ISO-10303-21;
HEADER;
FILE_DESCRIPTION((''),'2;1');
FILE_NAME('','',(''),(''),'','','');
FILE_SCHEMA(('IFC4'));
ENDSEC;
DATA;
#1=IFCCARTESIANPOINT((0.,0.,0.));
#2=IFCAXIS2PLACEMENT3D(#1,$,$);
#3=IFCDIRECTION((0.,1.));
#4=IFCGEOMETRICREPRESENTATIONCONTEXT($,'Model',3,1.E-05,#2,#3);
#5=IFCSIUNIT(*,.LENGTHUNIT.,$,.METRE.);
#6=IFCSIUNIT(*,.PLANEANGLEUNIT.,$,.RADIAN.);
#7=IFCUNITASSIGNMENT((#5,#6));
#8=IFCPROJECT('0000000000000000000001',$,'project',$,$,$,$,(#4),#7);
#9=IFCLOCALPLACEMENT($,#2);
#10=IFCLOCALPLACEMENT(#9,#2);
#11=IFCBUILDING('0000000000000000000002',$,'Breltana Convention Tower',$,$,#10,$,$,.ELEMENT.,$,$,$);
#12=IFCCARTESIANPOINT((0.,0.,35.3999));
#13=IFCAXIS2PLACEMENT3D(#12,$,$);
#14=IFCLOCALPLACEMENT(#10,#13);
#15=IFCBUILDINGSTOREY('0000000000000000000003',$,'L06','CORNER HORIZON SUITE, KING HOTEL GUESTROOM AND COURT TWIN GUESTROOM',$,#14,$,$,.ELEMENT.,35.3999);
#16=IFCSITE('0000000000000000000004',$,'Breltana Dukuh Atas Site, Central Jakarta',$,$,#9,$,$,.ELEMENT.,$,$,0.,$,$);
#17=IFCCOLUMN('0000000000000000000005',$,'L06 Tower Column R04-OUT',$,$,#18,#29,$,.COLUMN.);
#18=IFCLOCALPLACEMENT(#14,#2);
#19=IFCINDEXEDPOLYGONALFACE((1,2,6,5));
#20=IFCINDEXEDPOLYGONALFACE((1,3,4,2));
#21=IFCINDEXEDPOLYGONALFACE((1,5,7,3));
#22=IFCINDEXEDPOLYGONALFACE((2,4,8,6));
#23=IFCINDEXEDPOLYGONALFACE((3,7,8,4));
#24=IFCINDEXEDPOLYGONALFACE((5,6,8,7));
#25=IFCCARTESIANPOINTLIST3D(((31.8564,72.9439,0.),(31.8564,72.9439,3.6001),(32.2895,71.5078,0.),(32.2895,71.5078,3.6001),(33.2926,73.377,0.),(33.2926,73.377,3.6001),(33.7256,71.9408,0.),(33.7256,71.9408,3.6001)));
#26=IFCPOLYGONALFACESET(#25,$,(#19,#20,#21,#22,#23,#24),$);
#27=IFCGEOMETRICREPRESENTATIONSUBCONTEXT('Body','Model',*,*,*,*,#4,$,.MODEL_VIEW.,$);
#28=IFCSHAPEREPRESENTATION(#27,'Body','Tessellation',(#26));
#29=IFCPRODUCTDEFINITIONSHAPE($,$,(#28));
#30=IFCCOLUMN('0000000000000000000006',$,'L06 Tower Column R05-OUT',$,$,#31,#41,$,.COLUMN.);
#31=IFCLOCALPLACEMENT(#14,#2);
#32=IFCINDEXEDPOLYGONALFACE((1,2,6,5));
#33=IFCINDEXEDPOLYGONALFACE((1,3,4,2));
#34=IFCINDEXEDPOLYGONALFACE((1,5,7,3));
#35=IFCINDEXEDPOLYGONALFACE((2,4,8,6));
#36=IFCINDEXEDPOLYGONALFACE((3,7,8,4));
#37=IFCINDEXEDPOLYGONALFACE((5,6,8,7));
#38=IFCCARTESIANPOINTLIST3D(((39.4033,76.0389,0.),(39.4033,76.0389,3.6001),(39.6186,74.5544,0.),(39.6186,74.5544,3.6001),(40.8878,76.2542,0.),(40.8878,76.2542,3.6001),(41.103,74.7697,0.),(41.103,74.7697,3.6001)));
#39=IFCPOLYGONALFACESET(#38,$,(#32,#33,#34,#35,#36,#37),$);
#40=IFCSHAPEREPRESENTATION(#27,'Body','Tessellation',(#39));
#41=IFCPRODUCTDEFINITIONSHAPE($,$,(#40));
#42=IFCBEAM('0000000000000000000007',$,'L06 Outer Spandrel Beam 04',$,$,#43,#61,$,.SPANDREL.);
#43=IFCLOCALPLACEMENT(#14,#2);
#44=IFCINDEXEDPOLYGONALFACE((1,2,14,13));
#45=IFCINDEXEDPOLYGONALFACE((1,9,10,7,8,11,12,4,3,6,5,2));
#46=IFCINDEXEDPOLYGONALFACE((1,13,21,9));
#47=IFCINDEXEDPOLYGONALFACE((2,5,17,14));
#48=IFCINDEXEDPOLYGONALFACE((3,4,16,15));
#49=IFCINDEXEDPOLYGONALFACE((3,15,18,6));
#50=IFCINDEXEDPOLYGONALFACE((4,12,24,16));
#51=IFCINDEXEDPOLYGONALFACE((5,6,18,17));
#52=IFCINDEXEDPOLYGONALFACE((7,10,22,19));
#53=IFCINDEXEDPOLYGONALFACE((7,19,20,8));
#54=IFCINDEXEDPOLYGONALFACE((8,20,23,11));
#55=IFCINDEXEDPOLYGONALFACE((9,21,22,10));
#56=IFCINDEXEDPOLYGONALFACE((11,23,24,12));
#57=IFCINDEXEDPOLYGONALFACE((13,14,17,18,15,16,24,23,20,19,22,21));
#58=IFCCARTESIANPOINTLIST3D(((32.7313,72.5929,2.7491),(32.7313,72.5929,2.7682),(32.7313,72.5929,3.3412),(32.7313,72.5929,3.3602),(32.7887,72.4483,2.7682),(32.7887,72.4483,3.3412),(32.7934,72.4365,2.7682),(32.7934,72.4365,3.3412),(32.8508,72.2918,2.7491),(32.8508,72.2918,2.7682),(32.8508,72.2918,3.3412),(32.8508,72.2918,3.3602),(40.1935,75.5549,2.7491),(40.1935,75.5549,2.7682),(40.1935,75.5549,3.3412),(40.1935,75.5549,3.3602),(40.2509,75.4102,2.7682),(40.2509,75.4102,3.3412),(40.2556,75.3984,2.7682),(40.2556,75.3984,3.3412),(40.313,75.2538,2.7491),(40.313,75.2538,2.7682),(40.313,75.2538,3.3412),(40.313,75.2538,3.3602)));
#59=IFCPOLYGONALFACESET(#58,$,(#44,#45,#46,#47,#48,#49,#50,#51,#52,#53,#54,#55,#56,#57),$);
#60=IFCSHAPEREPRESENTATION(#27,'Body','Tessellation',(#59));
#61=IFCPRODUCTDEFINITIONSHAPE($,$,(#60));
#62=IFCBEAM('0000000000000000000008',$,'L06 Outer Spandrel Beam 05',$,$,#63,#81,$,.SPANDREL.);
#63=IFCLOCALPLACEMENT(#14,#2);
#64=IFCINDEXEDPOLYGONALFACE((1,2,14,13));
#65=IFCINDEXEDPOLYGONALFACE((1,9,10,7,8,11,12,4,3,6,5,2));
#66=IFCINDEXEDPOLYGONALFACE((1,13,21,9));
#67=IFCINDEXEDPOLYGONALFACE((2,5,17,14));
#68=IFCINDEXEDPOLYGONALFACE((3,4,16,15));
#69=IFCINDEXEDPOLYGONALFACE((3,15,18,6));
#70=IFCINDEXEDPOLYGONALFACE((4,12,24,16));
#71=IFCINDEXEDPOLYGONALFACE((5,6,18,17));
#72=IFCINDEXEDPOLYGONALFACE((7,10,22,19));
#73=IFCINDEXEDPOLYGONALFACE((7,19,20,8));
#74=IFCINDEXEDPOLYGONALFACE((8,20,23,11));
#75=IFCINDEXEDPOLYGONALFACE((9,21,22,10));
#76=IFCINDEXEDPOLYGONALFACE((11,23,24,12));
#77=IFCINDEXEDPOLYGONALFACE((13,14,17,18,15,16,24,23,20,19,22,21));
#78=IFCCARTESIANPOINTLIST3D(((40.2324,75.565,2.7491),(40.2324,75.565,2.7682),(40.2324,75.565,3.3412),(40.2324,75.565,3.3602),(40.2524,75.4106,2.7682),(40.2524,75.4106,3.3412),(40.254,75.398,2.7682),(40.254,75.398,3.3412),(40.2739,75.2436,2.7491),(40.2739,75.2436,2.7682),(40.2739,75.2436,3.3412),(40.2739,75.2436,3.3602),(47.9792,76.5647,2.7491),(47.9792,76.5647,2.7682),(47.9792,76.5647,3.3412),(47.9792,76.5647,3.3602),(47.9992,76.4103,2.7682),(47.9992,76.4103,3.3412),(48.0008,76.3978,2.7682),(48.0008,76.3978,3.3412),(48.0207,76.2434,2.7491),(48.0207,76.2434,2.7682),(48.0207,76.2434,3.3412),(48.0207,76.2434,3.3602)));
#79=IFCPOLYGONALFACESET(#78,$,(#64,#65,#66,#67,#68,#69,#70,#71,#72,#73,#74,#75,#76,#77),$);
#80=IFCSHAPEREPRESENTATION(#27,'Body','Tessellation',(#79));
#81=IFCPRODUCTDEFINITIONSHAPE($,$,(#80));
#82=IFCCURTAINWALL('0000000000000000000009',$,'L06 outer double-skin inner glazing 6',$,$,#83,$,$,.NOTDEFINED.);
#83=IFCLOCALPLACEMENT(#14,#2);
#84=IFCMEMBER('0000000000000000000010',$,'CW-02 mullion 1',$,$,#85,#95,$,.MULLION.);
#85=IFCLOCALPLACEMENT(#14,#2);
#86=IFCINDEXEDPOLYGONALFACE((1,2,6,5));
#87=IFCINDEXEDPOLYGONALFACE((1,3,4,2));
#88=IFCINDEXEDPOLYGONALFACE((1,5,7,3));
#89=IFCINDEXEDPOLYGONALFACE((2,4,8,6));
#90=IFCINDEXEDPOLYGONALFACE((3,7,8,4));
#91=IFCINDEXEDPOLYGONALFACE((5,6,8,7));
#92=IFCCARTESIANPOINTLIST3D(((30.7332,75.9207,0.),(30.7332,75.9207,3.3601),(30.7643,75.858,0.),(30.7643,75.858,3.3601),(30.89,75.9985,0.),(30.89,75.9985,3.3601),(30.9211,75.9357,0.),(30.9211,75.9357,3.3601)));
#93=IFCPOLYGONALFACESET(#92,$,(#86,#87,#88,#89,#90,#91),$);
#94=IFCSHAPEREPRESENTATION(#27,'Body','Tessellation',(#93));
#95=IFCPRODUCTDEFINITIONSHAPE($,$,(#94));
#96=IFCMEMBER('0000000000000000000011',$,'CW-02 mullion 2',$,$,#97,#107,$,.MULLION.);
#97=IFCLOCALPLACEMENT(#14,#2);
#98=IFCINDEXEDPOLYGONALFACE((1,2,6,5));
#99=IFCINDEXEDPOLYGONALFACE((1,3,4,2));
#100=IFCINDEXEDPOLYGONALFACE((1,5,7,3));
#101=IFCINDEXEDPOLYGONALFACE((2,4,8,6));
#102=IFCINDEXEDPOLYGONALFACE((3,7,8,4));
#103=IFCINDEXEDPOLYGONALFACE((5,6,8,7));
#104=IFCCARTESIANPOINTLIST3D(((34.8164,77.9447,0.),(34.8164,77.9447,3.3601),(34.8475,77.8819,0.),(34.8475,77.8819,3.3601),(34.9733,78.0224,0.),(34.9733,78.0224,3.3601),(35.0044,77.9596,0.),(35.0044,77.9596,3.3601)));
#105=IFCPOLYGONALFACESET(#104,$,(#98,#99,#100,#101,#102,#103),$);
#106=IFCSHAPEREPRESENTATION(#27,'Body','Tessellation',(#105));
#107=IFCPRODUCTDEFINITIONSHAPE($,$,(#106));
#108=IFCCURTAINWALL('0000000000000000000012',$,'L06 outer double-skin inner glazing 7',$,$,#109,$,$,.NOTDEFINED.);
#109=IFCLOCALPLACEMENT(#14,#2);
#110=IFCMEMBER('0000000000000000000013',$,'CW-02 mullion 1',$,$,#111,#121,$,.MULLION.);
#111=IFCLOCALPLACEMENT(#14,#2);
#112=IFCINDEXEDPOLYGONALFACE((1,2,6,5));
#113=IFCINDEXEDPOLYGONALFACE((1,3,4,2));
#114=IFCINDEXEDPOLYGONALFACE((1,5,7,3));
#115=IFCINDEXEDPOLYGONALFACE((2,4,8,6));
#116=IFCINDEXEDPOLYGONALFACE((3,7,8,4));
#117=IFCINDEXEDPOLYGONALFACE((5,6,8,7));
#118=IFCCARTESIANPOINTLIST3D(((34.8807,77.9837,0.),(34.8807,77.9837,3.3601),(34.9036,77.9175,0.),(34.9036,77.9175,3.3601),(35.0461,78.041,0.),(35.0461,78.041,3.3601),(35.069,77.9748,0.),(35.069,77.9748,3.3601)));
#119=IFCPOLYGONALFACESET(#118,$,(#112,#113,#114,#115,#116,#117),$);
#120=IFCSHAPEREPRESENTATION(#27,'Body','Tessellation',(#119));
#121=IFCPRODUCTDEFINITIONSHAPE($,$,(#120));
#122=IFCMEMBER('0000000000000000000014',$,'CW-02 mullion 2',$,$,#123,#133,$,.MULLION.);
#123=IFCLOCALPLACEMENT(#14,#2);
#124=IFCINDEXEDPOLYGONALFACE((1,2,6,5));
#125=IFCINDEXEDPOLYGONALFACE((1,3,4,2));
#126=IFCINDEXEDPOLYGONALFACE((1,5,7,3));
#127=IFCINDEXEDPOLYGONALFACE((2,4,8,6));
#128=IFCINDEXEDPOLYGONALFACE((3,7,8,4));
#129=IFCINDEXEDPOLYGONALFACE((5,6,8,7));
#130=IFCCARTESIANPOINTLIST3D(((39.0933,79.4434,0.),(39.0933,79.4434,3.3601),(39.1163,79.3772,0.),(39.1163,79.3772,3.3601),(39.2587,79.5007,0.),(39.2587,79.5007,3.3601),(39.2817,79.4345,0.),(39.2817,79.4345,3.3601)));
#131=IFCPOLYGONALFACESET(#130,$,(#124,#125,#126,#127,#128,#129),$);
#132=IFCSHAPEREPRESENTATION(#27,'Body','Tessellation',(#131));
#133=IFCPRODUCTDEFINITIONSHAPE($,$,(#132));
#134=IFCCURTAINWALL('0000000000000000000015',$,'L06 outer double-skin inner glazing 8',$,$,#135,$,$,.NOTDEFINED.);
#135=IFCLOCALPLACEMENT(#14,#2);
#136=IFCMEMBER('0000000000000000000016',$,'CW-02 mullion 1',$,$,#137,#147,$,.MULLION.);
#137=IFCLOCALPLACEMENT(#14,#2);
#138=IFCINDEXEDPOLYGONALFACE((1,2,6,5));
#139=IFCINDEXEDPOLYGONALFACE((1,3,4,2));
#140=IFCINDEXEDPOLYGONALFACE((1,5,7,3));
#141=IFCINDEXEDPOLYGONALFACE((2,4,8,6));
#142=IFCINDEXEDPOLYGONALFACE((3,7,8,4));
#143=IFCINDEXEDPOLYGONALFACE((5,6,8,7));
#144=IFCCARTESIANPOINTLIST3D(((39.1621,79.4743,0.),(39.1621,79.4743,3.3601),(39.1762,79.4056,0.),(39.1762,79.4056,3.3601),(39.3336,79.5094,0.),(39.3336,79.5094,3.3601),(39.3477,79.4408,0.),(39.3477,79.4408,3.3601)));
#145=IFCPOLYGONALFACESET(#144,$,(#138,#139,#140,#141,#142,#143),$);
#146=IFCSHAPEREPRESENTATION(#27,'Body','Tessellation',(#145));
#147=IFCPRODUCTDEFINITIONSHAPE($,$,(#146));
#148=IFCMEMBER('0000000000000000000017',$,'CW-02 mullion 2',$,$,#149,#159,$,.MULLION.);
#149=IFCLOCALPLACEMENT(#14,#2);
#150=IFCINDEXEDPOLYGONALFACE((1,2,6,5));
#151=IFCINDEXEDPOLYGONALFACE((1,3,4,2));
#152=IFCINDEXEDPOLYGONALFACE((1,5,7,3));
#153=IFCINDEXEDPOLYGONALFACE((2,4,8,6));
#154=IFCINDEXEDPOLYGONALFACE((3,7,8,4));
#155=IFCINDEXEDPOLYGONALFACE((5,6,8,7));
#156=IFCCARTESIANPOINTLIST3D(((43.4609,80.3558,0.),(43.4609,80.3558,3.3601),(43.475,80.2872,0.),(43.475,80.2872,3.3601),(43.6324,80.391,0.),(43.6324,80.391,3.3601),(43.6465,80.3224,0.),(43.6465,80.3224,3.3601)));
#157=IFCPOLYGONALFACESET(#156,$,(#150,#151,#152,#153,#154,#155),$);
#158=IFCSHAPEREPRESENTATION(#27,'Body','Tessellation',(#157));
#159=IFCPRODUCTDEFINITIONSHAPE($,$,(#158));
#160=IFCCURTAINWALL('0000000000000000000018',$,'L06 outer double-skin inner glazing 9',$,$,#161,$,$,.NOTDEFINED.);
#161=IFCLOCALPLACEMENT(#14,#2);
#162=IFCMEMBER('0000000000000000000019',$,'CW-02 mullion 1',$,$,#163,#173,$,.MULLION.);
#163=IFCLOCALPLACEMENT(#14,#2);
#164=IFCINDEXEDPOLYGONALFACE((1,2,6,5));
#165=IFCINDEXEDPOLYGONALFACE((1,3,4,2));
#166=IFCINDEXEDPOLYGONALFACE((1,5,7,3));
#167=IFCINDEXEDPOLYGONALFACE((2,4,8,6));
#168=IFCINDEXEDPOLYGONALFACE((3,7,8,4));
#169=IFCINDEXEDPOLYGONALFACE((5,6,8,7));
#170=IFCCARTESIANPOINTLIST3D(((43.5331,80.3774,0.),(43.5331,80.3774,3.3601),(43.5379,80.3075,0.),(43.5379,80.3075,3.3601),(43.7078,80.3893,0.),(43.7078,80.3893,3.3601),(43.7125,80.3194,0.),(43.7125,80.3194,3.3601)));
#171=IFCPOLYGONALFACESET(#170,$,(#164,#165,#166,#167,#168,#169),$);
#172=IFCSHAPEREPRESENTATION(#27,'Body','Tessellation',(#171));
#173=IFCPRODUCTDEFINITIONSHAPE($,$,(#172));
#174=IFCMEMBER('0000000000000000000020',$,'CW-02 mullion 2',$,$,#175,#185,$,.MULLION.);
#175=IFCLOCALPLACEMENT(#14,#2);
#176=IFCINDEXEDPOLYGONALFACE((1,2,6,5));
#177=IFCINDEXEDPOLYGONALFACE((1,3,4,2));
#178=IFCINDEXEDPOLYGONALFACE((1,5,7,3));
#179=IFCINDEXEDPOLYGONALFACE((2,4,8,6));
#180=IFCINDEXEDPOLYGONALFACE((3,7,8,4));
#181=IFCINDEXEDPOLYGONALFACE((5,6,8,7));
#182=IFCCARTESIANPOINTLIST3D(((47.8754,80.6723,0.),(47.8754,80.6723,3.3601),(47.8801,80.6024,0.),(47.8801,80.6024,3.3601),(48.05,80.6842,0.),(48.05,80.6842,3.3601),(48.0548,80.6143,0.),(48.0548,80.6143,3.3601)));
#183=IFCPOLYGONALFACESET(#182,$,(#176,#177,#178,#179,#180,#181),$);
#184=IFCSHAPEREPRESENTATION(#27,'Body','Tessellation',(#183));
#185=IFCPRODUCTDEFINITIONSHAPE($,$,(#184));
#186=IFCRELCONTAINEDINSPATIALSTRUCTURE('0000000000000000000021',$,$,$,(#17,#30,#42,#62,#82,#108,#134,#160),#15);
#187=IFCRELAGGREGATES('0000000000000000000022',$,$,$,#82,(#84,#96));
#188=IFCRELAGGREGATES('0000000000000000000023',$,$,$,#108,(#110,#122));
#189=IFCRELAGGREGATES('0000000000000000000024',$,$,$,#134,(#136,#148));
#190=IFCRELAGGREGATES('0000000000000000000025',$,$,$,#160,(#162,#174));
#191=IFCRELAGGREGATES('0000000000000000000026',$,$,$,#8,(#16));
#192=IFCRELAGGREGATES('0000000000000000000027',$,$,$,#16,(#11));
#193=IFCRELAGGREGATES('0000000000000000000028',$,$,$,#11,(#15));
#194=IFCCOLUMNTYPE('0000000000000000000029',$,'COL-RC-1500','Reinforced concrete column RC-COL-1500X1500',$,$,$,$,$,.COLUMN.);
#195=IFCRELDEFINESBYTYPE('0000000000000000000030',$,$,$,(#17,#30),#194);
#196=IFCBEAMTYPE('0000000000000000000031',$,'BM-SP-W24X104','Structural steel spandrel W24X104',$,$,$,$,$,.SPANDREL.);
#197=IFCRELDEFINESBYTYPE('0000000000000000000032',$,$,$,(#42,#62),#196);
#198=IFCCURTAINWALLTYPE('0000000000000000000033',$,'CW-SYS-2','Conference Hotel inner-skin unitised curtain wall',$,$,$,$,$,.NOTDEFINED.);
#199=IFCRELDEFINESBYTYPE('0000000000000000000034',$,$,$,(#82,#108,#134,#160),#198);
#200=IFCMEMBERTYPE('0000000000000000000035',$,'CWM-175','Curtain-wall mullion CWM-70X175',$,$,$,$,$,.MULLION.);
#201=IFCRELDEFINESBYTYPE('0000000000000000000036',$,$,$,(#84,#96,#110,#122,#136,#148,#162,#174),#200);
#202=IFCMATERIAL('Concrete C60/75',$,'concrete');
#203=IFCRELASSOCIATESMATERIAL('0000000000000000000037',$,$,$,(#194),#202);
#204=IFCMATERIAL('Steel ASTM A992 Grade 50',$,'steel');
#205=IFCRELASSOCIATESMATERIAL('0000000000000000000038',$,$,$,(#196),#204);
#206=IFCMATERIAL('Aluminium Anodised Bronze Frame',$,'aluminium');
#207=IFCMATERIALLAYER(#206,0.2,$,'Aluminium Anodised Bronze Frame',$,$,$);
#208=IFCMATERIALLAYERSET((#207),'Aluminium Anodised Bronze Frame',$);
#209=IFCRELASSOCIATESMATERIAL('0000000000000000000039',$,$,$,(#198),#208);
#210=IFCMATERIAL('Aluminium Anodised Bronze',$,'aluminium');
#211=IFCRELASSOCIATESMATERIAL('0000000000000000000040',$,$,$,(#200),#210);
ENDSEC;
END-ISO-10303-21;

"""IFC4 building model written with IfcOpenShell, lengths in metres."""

from ifc_helpers import new_model, si_unit, direction, frame, origin, origin_2d, place, context, subcontext, project, spatial, rectangle, i_section, extrude, source, transform, mapped, material, layer, layer_set, material_profile, profile_set, type_object, type_shapes, element, aggregate, save


model = new_model("IFC4")

# Units and contexts
model_context = context("Model", 3, precision=1e-05, world=origin(), true_north=direction((0.0, 1.0)))
body_context = subcontext(model_context, "Body", "Model", "MODEL_VIEW")
ifc_project = project(units=[si_unit("LENGTHUNIT", "METRE"), si_unit("PLANEANGLEUNIT", "RADIAN")], contexts=[model_context])

# Site, building, storey
site_placement = place(None, origin())
site = spatial("IfcSite", under=ifc_project, at=site_placement, Name="Breltana Dukuh Atas Site, Central Jakarta", CompositionType="ELEMENT", RefElevation=0.0)
building_placement = place(site_placement, origin())
building = spatial("IfcBuilding", under=site, at=building_placement, Name="Breltana Convention Tower", CompositionType="ELEMENT")
storey_placement = place(building_placement, frame((0.0, 0.0, 35.3999)))
storey = spatial("IfcBuildingStorey", under=building, at=storey_placement, Name="L06", Description="CORNER HORIZON SUITE, KING HOTEL GUESTROOM AND COURT TWIN GUESTROOM", CompositionType="ELEMENT", Elevation=35.3999)

# Columns
ifc_material_1 = material(Name="Concrete C60/75", Category="concrete")
ifc_material_profile_1 = material_profile(ifc_material_1, rectangle(XDim=1.5, YDim=1.5, at=origin_2d()), Name="RC-COL-1500X1500")
ifc_profile_set_1 = profile_set([ifc_material_profile_1], Name="Concrete C60/75")
column_type = type_object("IfcColumnType", Name="COL-RC-1500", Description="Reinforced concrete column RC-COL-1500X1500", PredefinedType="COLUMN", material=ifc_profile_set_1)
shared_shape_1 = source(origin(), body_context, "Body", "SweptSolid", [
    extrude(rectangle(XDim=1.5, YDim=1.5, at=origin_2d()), origin(), (0.0, 0.0, 1.0), 3.6001),
])
for number, where, z_axis, x_axis, name in (
    (1, (32.791, 72.4424, 0.0), (0.0, 0.0, 1.0), (-0.288698, 0.95742, 0.0), "L06 Tower Column R04-OUT"),
    (2, (40.2532, 75.4043, 0.0), (0.0, 0.0, 1.0), (-0.143493, 0.989651, 0.0), "L06 Tower Column R05-OUT"),
):
    element("IfcColumn", number, at=place(storey_placement, frame(where, z_axis=z_axis, x_axis=x_axis)), inside=storey, type_object=column_type, Name=name, PredefinedType="COLUMN", context=body_context, shape_type="MappedRepresentation", body=[
        mapped(shared_shape_1, transform((0.0, 0.0, 0.0), scale=1.0)),
    ])

# Beams
ifc_material_2 = material(Name="Steel ASTM A992 Grade 50", Category="steel")
ifc_material_profile_2 = material_profile(ifc_material_2, i_section(OverallWidth=0.324, OverallDepth=0.6111, WebThickness=0.0127, FlangeThickness=0.019, at=origin_2d()), Name="W24X104")
ifc_profile_set_2 = profile_set([ifc_material_profile_2], Name="Steel ASTM A992 Grade 50")
beam_type = type_object("IfcBeamType", Name="BM-SP-W24X104", Description="Structural steel spandrel W24X104", PredefinedType="SPANDREL", material=ifc_profile_set_2)
shared_shape_2 = source(origin(), body_context, "Body", "SweptSolid", [
    extrude(i_section(OverallWidth=0.324, OverallDepth=0.6111, WebThickness=0.0127, FlangeThickness=0.019, at=origin_2d()), origin(), (0.0, 0.0, 1.0), 8.0286),
])
beam_1_placement = place(storey_placement, frame((32.791, 72.4424, 3.0547), z_axis=(0.929459, 0.368925, 0.0), x_axis=(-0.368925, 0.929459, 0.0)))
element("IfcBeam", 3, at=beam_1_placement, inside=storey, type_object=beam_type, Name="L06 Outer Spandrel Beam 04", PredefinedType="SPANDREL", context=body_context, shape_type="MappedRepresentation", body=[
    mapped(shared_shape_2, transform((0.0, 0.0, 0.0), scale=1.0)),
])
shared_shape_3 = source(origin(), body_context, "Body", "SweptSolid", [
    extrude(i_section(OverallWidth=0.324, OverallDepth=0.6111, WebThickness=0.0127, FlangeThickness=0.019, at=origin_2d()), origin(), (0.0, 0.0, 1.0), 7.811),
])
beam_2_placement = place(storey_placement, frame((40.2532, 75.4043, 3.0547), z_axis=(0.991775, 0.127992, 0.0), x_axis=(-0.127992, 0.991775, 0.0)))
element("IfcBeam", 4, at=beam_2_placement, inside=storey, type_object=beam_type, Name="L06 Outer Spandrel Beam 05", PredefinedType="SPANDREL", context=body_context, shape_type="MappedRepresentation", body=[
    mapped(shared_shape_3, transform((0.0, 0.0, 0.0), scale=1.0)),
])

# Curtain walls, members
ifc_material_3 = material(Name="Aluminium Anodised Bronze Frame", Category="aluminium")
ifc_layer_1 = layer(ifc_material_3, 0.2, Name="Aluminium Anodised Bronze Frame")
ifc_layer_set_1 = layer_set([ifc_layer_1], Name="Aluminium Anodised Bronze Frame")
curtain_wall_type = type_object("IfcCurtainWallType", Name="CW-SYS-2", Description="Conference Hotel inner-skin unitised curtain wall", PredefinedType="NOTDEFINED", material=ifc_layer_set_1)
curtain_wall_1_placement = place(storey_placement, origin())
curtain_wall_1 = element("IfcCurtainWall", 5, at=curtain_wall_1_placement, inside=storey, type_object=curtain_wall_type, Name="L06 outer double-skin inner glazing 6", PredefinedType="NOTDEFINED")
ifc_material_4 = material(Name="Aluminium Anodised Bronze", Category="aluminium")
ifc_material_profile_3 = material_profile(ifc_material_4, rectangle(XDim=0.0701, YDim=0.175, at=origin_2d()), Name="CWM-70X175")
ifc_profile_set_3 = profile_set([ifc_material_profile_3], Name="Aluminium Anodised Bronze")
member_type_1 = type_object("IfcMemberType", Name="CWM-175", Description="Curtain-wall mullion CWM-70X175", PredefinedType="MULLION", material=ifc_profile_set_3)
shared_shape_4 = source(origin(), body_context, "Body", "SweptSolid", [
    extrude(rectangle(XDim=0.0701, YDim=0.175, at=origin_2d()), origin(), (0.0, 0.0, 1.0), 3.3601),
])
type_shapes(member_type_1, [shared_shape_4])
member_1_placement = place(storey_placement, frame((30.8271, 75.9282, 0.0), z_axis=(0.0, 0.0, 1.0), x_axis=(-0.444108, 0.895973, 0.0)))
member_1 = element("IfcMember", 6, at=member_1_placement, type_object=member_type_1, Name="CW-02 mullion 1", PredefinedType="MULLION", context=body_context, shape_type="MappedRepresentation", body=[
    mapped(shared_shape_4, transform((0.0, 0.0, 0.0), scale=1.0)),
])
member_2_placement = place(storey_placement, frame((34.9104, 77.9521, 0.0), z_axis=(0.0, 0.0, 1.0), x_axis=(-0.444108, 0.895973, 0.0)))
member_2 = element("IfcMember", 7, at=member_2_placement, type_object=member_type_1, Name="CW-02 mullion 2", PredefinedType="MULLION", context=body_context, shape_type="MappedRepresentation", body=[
    mapped(shared_shape_4, transform((0.0, 0.0, 0.0), scale=1.0)),
])
curtain_wall_2_placement = place(storey_placement, origin())
curtain_wall_2 = element("IfcCurtainWall", 8, at=curtain_wall_2_placement, inside=storey, type_object=curtain_wall_type, Name="L06 outer double-skin inner glazing 7", PredefinedType="NOTDEFINED")
member_3_placement = place(storey_placement, frame((34.9749, 77.9792, 0.0), z_axis=(0.0, 0.0, 1.0), x_axis=(-0.327428, 0.944876, 0.0)))
member_3 = element("IfcMember", 9, at=member_3_placement, type_object=member_type_1, Name="CW-02 mullion 1", PredefinedType="MULLION", context=body_context, shape_type="MappedRepresentation", body=[
    mapped(shared_shape_4, transform((0.0, 0.0, 0.0), scale=1.0)),
])
member_4_placement = place(storey_placement, frame((39.1875, 79.439, 0.0), z_axis=(0.0, 0.0, 1.0), x_axis=(-0.327428, 0.944876, 0.0)))
member_4 = element("IfcMember", 10, at=member_4_placement, type_object=member_type_1, Name="CW-02 mullion 2", PredefinedType="MULLION", context=body_context, shape_type="MappedRepresentation", body=[
    mapped(shared_shape_4, transform((0.0, 0.0, 0.0), scale=1.0)),
])
curtain_wall_3_placement = place(storey_placement, origin())
curtain_wall_3 = element("IfcCurtainWall", 11, at=curtain_wall_3_placement, inside=storey, type_object=curtain_wall_type, Name="L06 outer double-skin inner glazing 8", PredefinedType="NOTDEFINED")
member_5_placement = place(storey_placement, frame((39.2549, 79.4575, 0.0), z_axis=(0.0, 0.0, 1.0), x_axis=(-0.200885, 0.979615, 0.0)))
member_5 = element("IfcMember", 12, at=member_5_placement, type_object=member_type_1, Name="CW-02 mullion 1", PredefinedType="MULLION", context=body_context, shape_type="MappedRepresentation", body=[
    mapped(shared_shape_4, transform((0.0, 0.0, 0.0), scale=1.0)),
])
member_6_placement = place(storey_placement, frame((43.5537, 80.3391, 0.0), z_axis=(0.0, 0.0, 1.0), x_axis=(-0.200885, 0.979615, 0.0)))
member_6 = element("IfcMember", 13, at=member_6_placement, type_object=member_type_1, Name="CW-02 mullion 2", PredefinedType="MULLION", context=body_context, shape_type="MappedRepresentation", body=[
    mapped(shared_shape_4, transform((0.0, 0.0, 0.0), scale=1.0)),
])
curtain_wall_4_placement = place(storey_placement, origin())
curtain_wall_4 = element("IfcCurtainWall", 14, at=curtain_wall_4_placement, inside=storey, type_object=curtain_wall_type, Name="L06 outer double-skin inner glazing 9", PredefinedType="NOTDEFINED")
member_7_placement = place(storey_placement, frame((43.6228, 80.3484, 0.0), z_axis=(0.0, 0.0, 1.0), x_axis=(-0.067726, 0.997704, 0.0)))
member_7 = element("IfcMember", 15, at=member_7_placement, type_object=member_type_1, Name="CW-02 mullion 1", PredefinedType="MULLION", context=body_context, shape_type="MappedRepresentation", body=[
    mapped(shared_shape_4, transform((0.0, 0.0, 0.0), scale=1.0)),
])
member_8_placement = place(storey_placement, frame((47.9651, 80.6433, 0.0), z_axis=(0.0, 0.0, 1.0), x_axis=(-0.067726, 0.997704, 0.0)))
member_8 = element("IfcMember", 16, at=member_8_placement, type_object=member_type_1, Name="CW-02 mullion 2", PredefinedType="MULLION", context=body_context, shape_type="MappedRepresentation", body=[
    mapped(shared_shape_4, transform((0.0, 0.0, 0.0), scale=1.0)),
])

aggregate(curtain_wall_1, [member_1, member_2])
aggregate(curtain_wall_2, [member_3, member_4])
aggregate(curtain_wall_3, [member_5, member_6])
aggregate(curtain_wall_4, [member_7, member_8])

save(model, "model.ifc")
